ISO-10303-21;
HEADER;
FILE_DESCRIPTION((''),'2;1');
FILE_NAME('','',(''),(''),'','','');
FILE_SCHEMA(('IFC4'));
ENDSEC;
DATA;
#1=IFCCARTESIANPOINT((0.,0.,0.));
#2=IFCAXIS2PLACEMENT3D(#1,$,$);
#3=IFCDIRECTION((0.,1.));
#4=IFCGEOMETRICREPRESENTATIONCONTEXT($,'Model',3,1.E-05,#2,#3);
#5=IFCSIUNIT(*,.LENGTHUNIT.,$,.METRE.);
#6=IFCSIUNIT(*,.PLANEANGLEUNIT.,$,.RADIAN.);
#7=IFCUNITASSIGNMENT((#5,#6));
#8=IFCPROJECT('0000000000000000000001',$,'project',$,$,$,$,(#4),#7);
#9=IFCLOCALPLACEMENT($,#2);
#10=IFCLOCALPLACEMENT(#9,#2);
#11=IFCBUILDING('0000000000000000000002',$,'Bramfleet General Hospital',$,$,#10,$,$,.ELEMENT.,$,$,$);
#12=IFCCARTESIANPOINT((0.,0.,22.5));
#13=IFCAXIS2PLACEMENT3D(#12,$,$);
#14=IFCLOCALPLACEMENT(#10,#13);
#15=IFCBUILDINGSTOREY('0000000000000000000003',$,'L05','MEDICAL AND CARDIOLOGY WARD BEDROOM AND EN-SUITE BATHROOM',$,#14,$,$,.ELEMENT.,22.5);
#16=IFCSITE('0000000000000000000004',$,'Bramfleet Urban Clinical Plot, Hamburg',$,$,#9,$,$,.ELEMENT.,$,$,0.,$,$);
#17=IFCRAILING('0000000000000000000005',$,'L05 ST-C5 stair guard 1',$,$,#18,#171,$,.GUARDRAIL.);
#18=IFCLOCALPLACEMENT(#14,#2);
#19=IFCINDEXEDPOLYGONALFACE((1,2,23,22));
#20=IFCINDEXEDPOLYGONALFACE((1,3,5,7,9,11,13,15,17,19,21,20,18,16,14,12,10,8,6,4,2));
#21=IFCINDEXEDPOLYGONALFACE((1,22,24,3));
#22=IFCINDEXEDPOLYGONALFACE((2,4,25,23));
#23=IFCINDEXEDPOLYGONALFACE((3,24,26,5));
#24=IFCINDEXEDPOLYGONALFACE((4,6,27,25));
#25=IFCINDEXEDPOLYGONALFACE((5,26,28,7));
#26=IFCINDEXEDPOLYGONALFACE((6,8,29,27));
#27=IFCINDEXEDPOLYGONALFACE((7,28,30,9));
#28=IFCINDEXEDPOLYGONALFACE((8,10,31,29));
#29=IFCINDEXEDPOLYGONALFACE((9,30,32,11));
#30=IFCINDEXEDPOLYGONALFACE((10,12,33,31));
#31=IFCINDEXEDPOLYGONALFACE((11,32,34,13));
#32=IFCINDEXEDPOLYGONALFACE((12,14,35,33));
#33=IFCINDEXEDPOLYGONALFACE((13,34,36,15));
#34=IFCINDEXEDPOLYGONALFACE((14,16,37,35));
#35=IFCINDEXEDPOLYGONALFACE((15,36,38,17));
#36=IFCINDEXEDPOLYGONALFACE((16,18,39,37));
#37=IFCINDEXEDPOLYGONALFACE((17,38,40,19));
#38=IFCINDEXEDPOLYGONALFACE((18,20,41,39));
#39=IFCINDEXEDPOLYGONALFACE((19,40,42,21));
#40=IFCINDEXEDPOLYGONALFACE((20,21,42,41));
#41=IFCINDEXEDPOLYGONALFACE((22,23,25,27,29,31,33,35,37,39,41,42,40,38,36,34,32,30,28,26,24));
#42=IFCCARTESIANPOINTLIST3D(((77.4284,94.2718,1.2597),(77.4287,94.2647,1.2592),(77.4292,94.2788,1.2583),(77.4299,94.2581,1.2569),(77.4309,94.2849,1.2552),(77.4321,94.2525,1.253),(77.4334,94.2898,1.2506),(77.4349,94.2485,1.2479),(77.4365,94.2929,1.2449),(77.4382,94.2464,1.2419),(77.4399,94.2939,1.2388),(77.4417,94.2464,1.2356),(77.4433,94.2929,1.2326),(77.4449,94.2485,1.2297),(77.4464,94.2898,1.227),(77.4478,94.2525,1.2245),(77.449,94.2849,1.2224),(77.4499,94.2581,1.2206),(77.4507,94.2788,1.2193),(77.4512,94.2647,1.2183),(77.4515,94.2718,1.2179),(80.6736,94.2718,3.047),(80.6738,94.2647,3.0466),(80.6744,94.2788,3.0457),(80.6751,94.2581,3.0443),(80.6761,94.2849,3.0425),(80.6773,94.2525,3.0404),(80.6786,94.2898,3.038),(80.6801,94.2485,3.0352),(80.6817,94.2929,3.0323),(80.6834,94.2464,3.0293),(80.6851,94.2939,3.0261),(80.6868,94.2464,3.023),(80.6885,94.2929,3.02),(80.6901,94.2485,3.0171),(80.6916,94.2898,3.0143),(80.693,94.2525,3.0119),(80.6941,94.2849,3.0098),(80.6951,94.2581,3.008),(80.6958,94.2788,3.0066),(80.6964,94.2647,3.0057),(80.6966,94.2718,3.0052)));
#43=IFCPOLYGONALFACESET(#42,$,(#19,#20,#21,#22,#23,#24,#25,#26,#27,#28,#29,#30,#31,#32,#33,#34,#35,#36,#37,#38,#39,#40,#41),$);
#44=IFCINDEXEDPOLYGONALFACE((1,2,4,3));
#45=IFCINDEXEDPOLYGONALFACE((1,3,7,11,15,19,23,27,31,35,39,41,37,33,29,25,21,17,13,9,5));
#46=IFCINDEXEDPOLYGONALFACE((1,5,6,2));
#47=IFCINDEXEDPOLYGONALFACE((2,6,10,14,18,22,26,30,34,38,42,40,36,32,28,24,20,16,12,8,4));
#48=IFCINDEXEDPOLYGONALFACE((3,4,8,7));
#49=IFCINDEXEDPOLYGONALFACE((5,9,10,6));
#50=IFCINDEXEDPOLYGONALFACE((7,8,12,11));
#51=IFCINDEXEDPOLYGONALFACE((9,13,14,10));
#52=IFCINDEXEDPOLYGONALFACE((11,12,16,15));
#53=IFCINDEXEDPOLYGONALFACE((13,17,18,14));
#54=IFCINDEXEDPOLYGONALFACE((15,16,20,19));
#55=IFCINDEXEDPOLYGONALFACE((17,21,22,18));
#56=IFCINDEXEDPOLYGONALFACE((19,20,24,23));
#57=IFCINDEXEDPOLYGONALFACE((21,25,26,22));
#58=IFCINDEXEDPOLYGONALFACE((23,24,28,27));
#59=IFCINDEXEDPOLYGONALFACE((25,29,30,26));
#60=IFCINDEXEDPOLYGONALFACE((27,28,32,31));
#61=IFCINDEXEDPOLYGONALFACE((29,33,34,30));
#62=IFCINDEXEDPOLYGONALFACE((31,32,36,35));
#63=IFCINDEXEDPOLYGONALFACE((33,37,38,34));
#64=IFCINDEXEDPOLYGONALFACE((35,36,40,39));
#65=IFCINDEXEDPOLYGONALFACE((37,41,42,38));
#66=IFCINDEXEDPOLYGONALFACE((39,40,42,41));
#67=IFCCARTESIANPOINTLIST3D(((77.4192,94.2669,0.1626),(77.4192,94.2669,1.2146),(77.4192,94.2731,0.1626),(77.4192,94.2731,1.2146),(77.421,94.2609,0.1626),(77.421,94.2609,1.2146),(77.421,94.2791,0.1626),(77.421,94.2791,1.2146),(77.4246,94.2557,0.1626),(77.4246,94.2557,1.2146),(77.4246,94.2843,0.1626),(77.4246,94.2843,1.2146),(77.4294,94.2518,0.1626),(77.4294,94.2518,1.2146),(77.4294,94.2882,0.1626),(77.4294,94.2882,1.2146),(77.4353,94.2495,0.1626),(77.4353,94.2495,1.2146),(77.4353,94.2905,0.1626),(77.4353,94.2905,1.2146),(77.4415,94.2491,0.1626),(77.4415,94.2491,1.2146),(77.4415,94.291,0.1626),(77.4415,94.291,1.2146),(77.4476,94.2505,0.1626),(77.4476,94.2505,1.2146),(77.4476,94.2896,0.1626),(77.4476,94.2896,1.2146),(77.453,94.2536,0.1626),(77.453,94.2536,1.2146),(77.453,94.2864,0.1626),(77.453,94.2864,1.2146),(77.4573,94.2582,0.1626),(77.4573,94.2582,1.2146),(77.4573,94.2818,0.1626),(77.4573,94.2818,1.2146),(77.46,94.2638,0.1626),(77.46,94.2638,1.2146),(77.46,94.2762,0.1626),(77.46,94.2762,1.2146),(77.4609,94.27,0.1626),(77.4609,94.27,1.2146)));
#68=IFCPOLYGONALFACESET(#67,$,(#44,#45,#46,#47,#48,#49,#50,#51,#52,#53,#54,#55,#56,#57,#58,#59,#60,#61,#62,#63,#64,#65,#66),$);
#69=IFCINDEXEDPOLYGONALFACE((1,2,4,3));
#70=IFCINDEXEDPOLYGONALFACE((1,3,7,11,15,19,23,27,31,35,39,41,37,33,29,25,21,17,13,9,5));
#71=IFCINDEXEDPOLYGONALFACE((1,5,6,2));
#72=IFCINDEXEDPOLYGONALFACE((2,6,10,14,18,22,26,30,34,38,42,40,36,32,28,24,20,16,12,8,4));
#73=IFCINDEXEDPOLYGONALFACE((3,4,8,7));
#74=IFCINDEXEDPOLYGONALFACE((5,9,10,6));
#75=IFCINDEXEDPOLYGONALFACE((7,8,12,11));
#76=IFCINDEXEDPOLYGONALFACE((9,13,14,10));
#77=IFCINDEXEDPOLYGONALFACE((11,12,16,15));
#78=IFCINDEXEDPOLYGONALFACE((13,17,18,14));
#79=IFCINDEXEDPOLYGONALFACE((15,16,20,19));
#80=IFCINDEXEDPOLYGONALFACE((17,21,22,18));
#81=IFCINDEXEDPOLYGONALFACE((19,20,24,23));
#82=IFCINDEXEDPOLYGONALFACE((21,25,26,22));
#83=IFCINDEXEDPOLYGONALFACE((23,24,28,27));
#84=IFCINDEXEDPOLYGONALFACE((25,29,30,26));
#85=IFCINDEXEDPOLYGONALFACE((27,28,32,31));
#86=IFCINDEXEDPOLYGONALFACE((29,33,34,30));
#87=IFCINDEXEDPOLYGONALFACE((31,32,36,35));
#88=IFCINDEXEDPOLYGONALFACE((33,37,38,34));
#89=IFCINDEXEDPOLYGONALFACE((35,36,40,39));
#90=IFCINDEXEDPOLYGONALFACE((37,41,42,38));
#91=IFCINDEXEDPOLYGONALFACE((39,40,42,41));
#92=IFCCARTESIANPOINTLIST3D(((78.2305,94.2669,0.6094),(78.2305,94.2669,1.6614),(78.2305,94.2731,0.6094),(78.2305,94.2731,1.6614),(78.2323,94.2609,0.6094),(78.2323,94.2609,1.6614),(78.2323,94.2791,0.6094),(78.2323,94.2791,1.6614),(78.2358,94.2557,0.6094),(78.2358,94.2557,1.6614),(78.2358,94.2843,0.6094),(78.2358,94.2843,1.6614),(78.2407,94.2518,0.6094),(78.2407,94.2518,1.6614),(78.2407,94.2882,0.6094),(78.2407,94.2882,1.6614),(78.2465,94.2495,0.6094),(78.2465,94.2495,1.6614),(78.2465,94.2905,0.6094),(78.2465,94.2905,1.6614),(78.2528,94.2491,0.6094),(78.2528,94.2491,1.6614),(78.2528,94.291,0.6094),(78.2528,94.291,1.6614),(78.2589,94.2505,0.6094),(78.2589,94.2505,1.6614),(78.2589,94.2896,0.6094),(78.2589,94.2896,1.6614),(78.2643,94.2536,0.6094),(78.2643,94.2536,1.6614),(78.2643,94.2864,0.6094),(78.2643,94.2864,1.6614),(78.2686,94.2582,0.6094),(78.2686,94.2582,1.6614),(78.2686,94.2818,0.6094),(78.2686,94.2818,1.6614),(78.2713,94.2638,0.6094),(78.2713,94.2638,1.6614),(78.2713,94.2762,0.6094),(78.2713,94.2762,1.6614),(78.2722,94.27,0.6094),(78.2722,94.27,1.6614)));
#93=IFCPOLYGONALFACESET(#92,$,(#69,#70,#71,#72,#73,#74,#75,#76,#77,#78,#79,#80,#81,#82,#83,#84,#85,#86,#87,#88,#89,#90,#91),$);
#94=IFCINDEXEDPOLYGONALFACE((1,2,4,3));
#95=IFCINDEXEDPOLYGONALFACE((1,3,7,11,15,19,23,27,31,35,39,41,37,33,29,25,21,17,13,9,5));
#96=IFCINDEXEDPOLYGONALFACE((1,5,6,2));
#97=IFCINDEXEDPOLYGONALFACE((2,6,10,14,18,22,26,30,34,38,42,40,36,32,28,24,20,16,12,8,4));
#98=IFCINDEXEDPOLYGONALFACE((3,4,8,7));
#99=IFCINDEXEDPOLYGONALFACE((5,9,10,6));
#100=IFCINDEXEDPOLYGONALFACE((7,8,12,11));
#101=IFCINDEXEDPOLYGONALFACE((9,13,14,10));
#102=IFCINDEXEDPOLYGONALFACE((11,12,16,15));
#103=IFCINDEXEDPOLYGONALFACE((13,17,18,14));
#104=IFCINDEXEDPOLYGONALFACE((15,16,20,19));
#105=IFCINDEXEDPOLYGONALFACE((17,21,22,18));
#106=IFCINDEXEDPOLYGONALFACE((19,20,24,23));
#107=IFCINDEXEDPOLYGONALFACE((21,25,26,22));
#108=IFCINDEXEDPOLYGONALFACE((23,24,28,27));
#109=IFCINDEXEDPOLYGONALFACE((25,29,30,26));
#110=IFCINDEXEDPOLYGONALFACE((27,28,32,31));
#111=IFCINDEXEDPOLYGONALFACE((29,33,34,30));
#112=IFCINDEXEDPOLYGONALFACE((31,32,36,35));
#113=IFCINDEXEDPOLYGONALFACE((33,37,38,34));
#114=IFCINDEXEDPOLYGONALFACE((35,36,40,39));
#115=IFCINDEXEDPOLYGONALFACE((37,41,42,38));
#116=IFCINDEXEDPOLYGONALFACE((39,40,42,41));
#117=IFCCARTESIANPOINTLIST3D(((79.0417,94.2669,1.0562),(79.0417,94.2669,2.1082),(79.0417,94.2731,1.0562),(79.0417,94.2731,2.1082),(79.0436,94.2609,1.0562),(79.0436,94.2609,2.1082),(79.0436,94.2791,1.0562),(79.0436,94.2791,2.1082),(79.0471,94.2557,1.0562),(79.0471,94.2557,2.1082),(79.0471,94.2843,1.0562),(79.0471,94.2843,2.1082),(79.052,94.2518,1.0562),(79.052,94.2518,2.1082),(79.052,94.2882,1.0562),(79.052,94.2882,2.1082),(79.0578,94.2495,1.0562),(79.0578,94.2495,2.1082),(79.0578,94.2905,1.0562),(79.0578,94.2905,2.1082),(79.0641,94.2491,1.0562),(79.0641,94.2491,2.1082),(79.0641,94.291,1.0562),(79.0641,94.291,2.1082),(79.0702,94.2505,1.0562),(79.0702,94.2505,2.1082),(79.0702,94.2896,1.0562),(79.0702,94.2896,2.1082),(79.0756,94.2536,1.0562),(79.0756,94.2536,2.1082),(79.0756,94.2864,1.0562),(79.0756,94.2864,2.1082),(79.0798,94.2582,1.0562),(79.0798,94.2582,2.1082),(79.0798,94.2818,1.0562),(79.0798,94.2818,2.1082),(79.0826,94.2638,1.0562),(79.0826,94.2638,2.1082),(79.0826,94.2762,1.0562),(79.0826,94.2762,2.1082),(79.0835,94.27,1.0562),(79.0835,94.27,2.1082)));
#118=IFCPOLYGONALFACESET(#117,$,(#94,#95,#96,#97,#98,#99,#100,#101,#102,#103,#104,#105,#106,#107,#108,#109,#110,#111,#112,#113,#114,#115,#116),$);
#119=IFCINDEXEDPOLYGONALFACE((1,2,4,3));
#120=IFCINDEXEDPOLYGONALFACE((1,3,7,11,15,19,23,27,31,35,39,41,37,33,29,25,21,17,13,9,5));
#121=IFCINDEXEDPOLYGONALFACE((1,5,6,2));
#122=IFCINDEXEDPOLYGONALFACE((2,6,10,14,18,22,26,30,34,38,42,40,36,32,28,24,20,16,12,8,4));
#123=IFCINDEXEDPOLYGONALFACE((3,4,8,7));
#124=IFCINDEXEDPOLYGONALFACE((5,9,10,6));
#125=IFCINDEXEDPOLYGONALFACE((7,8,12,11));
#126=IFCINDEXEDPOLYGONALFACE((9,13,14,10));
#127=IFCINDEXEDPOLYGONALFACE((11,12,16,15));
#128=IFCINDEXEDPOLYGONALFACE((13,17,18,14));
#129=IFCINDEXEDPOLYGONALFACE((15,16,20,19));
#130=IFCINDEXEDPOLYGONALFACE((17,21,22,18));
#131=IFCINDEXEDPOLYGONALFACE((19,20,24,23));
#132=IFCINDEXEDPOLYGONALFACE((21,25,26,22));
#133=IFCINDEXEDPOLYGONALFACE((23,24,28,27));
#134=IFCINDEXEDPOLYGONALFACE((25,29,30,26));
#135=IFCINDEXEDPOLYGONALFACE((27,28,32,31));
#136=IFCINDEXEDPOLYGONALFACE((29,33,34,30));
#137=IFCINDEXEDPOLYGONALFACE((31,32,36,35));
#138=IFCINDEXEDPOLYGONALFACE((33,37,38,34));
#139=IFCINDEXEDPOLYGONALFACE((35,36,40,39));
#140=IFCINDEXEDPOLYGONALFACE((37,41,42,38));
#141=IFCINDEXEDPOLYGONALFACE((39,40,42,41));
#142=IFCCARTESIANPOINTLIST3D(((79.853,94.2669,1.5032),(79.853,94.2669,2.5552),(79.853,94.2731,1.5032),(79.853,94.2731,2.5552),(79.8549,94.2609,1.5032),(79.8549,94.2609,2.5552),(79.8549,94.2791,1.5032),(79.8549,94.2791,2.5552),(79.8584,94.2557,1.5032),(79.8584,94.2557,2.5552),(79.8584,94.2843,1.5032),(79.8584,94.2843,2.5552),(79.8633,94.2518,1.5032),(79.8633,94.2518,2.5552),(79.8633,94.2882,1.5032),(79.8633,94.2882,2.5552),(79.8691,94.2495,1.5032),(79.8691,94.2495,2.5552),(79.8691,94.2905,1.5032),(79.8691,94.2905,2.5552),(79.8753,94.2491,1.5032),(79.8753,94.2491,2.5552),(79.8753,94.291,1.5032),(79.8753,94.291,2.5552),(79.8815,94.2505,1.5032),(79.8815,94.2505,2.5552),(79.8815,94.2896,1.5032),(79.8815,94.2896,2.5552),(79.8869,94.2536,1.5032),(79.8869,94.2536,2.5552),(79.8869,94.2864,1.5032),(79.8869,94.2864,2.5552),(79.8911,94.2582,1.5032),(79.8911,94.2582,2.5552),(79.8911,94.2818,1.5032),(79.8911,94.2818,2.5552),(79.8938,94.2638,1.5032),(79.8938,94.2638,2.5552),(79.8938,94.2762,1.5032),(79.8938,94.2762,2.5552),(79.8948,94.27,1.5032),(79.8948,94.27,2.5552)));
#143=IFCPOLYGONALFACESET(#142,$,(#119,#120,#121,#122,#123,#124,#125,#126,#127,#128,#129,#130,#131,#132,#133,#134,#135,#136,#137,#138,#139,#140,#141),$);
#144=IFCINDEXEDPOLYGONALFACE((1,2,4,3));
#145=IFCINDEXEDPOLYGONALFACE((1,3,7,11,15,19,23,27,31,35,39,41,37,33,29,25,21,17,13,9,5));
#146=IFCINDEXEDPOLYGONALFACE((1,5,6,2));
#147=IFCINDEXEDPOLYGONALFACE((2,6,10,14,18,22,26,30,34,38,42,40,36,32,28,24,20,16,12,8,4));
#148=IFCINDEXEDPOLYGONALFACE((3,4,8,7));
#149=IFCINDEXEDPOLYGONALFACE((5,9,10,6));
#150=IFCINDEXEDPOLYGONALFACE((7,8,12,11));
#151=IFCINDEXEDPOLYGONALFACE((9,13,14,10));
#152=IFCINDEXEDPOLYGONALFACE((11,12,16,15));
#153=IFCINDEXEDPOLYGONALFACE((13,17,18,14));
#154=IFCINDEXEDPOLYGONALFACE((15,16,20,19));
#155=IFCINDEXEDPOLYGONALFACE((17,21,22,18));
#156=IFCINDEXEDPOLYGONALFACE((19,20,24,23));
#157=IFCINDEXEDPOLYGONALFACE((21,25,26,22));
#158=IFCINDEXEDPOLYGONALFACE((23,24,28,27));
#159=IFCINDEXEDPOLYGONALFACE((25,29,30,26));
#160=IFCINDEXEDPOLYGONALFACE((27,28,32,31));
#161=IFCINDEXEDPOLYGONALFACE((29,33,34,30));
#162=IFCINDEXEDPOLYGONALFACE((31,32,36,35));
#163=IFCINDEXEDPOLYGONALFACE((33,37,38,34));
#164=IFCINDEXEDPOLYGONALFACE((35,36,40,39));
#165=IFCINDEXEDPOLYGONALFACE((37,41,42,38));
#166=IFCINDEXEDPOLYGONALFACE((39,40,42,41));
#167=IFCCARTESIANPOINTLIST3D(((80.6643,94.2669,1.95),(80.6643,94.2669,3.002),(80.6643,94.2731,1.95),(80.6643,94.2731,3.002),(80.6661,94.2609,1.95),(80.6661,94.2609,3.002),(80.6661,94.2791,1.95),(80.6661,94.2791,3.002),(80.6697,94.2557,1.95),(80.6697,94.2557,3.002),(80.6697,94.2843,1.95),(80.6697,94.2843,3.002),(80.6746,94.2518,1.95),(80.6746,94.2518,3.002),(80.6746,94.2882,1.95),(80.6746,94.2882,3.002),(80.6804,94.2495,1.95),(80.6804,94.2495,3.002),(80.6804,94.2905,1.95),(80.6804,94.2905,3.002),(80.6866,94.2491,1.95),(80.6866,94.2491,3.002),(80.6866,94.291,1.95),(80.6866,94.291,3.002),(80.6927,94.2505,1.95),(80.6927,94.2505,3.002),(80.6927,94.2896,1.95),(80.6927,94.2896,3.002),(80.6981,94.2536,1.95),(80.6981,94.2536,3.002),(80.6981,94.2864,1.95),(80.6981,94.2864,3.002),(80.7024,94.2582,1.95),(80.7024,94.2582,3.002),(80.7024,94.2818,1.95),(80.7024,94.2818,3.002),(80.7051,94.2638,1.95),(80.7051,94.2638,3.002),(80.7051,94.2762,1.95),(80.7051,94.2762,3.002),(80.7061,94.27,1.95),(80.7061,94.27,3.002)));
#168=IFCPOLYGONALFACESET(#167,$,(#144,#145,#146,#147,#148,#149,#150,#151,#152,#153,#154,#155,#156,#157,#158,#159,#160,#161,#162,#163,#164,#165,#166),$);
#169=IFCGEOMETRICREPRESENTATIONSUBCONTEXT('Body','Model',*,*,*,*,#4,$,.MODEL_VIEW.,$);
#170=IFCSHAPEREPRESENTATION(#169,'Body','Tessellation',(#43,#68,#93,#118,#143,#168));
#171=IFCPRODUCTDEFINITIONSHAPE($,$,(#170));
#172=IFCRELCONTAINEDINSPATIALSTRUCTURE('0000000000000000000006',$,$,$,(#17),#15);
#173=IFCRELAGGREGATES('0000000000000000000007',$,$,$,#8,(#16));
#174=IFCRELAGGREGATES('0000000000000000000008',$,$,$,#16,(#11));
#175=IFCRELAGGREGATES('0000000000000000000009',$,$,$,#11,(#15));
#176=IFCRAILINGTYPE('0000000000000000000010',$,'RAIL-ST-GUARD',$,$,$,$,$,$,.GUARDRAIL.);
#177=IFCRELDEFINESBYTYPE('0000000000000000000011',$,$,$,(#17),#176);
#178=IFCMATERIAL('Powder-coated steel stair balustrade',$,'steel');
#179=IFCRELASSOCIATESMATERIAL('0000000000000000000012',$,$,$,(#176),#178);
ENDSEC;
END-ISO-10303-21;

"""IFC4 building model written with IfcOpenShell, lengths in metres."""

from ifc_helpers import new_model, si_unit, direction, frame, origin, origin_2d, place, context, subcontext, project, spatial, circle, extrude, material, type_object, element, save


model = new_model("IFC4")

# Units and contexts
model_context = context("Model", 3, precision=1e-05, world=origin(), true_north=direction((0.0, 1.0)))
body_context = subcontext(model_context, "Body", "Model", "MODEL_VIEW")
ifc_project = project(units=[si_unit("LENGTHUNIT", "METRE"), si_unit("PLANEANGLEUNIT", "RADIAN")], contexts=[model_context])

# Site, building, storey
site_placement = place(None, origin())
site = spatial("IfcSite", under=ifc_project, at=site_placement, Name="Bramfleet Urban Clinical Plot, Hamburg", CompositionType="ELEMENT", RefElevation=0.0)
building_placement = place(site_placement, origin())
building = spatial("IfcBuilding", under=site, at=building_placement, Name="Bramfleet General Hospital", CompositionType="ELEMENT")
storey_placement = place(building_placement, frame((0.0, 0.0, 22.5)))
storey = spatial("IfcBuildingStorey", under=building, at=storey_placement, Name="L05", Description="MEDICAL AND CARDIOLOGY WARD BEDROOM AND EN-SUITE BATHROOM", CompositionType="ELEMENT", Elevation=22.5)

# Railing
ifc_material_1 = material(Name="Powder-coated steel stair balustrade", Category="steel")
railing_type_1 = type_object("IfcRailingType", Name="RAIL-ST-GUARD", PredefinedType="GUARDRAIL", material=ifc_material_1)
railing_1_placement = place(storey_placement, frame((77.4399, 94.27, 0.1626)))
element("IfcRailing", 1, at=railing_1_placement, inside=storey, type_object=railing_type_1, Name="L05 ST-C5 stair guard 1", PredefinedType="GUARDRAIL", context=body_context, shape_type="SweptSolid", body=[
    extrude(circle(Radius=0.0239, at=origin_2d()), frame((0.0, 0.0, 1.0762), z_axis=(0.875926, 0.0, 0.482445), x_axis=(0.0, 1.0, 0.0)), (0.0, 0.0, 1.0), 3.7048),
    extrude(circle(Radius=0.021, at=origin_2d()), origin(), (0.0, 0.0, 1.0), 1.052),
    extrude(circle(Radius=0.021, at=origin_2d()), frame((0.8113, 0.0, 0.4468)), (0.0, 0.0, 1.0), 1.052),
    extrude(circle(Radius=0.021, at=origin_2d()), frame((1.6226, 0.0, 0.8936)), (0.0, 0.0, 1.0), 1.052),
    extrude(circle(Radius=0.021, at=origin_2d()), frame((2.4338, 0.0, 1.3406)), (0.0, 0.0, 1.0), 1.052),
    extrude(circle(Radius=0.021, at=origin_2d()), frame((3.2451, 0.0, 1.7874)), (0.0, 0.0, 1.0), 1.052),
])

save(model, "model.ifc")
